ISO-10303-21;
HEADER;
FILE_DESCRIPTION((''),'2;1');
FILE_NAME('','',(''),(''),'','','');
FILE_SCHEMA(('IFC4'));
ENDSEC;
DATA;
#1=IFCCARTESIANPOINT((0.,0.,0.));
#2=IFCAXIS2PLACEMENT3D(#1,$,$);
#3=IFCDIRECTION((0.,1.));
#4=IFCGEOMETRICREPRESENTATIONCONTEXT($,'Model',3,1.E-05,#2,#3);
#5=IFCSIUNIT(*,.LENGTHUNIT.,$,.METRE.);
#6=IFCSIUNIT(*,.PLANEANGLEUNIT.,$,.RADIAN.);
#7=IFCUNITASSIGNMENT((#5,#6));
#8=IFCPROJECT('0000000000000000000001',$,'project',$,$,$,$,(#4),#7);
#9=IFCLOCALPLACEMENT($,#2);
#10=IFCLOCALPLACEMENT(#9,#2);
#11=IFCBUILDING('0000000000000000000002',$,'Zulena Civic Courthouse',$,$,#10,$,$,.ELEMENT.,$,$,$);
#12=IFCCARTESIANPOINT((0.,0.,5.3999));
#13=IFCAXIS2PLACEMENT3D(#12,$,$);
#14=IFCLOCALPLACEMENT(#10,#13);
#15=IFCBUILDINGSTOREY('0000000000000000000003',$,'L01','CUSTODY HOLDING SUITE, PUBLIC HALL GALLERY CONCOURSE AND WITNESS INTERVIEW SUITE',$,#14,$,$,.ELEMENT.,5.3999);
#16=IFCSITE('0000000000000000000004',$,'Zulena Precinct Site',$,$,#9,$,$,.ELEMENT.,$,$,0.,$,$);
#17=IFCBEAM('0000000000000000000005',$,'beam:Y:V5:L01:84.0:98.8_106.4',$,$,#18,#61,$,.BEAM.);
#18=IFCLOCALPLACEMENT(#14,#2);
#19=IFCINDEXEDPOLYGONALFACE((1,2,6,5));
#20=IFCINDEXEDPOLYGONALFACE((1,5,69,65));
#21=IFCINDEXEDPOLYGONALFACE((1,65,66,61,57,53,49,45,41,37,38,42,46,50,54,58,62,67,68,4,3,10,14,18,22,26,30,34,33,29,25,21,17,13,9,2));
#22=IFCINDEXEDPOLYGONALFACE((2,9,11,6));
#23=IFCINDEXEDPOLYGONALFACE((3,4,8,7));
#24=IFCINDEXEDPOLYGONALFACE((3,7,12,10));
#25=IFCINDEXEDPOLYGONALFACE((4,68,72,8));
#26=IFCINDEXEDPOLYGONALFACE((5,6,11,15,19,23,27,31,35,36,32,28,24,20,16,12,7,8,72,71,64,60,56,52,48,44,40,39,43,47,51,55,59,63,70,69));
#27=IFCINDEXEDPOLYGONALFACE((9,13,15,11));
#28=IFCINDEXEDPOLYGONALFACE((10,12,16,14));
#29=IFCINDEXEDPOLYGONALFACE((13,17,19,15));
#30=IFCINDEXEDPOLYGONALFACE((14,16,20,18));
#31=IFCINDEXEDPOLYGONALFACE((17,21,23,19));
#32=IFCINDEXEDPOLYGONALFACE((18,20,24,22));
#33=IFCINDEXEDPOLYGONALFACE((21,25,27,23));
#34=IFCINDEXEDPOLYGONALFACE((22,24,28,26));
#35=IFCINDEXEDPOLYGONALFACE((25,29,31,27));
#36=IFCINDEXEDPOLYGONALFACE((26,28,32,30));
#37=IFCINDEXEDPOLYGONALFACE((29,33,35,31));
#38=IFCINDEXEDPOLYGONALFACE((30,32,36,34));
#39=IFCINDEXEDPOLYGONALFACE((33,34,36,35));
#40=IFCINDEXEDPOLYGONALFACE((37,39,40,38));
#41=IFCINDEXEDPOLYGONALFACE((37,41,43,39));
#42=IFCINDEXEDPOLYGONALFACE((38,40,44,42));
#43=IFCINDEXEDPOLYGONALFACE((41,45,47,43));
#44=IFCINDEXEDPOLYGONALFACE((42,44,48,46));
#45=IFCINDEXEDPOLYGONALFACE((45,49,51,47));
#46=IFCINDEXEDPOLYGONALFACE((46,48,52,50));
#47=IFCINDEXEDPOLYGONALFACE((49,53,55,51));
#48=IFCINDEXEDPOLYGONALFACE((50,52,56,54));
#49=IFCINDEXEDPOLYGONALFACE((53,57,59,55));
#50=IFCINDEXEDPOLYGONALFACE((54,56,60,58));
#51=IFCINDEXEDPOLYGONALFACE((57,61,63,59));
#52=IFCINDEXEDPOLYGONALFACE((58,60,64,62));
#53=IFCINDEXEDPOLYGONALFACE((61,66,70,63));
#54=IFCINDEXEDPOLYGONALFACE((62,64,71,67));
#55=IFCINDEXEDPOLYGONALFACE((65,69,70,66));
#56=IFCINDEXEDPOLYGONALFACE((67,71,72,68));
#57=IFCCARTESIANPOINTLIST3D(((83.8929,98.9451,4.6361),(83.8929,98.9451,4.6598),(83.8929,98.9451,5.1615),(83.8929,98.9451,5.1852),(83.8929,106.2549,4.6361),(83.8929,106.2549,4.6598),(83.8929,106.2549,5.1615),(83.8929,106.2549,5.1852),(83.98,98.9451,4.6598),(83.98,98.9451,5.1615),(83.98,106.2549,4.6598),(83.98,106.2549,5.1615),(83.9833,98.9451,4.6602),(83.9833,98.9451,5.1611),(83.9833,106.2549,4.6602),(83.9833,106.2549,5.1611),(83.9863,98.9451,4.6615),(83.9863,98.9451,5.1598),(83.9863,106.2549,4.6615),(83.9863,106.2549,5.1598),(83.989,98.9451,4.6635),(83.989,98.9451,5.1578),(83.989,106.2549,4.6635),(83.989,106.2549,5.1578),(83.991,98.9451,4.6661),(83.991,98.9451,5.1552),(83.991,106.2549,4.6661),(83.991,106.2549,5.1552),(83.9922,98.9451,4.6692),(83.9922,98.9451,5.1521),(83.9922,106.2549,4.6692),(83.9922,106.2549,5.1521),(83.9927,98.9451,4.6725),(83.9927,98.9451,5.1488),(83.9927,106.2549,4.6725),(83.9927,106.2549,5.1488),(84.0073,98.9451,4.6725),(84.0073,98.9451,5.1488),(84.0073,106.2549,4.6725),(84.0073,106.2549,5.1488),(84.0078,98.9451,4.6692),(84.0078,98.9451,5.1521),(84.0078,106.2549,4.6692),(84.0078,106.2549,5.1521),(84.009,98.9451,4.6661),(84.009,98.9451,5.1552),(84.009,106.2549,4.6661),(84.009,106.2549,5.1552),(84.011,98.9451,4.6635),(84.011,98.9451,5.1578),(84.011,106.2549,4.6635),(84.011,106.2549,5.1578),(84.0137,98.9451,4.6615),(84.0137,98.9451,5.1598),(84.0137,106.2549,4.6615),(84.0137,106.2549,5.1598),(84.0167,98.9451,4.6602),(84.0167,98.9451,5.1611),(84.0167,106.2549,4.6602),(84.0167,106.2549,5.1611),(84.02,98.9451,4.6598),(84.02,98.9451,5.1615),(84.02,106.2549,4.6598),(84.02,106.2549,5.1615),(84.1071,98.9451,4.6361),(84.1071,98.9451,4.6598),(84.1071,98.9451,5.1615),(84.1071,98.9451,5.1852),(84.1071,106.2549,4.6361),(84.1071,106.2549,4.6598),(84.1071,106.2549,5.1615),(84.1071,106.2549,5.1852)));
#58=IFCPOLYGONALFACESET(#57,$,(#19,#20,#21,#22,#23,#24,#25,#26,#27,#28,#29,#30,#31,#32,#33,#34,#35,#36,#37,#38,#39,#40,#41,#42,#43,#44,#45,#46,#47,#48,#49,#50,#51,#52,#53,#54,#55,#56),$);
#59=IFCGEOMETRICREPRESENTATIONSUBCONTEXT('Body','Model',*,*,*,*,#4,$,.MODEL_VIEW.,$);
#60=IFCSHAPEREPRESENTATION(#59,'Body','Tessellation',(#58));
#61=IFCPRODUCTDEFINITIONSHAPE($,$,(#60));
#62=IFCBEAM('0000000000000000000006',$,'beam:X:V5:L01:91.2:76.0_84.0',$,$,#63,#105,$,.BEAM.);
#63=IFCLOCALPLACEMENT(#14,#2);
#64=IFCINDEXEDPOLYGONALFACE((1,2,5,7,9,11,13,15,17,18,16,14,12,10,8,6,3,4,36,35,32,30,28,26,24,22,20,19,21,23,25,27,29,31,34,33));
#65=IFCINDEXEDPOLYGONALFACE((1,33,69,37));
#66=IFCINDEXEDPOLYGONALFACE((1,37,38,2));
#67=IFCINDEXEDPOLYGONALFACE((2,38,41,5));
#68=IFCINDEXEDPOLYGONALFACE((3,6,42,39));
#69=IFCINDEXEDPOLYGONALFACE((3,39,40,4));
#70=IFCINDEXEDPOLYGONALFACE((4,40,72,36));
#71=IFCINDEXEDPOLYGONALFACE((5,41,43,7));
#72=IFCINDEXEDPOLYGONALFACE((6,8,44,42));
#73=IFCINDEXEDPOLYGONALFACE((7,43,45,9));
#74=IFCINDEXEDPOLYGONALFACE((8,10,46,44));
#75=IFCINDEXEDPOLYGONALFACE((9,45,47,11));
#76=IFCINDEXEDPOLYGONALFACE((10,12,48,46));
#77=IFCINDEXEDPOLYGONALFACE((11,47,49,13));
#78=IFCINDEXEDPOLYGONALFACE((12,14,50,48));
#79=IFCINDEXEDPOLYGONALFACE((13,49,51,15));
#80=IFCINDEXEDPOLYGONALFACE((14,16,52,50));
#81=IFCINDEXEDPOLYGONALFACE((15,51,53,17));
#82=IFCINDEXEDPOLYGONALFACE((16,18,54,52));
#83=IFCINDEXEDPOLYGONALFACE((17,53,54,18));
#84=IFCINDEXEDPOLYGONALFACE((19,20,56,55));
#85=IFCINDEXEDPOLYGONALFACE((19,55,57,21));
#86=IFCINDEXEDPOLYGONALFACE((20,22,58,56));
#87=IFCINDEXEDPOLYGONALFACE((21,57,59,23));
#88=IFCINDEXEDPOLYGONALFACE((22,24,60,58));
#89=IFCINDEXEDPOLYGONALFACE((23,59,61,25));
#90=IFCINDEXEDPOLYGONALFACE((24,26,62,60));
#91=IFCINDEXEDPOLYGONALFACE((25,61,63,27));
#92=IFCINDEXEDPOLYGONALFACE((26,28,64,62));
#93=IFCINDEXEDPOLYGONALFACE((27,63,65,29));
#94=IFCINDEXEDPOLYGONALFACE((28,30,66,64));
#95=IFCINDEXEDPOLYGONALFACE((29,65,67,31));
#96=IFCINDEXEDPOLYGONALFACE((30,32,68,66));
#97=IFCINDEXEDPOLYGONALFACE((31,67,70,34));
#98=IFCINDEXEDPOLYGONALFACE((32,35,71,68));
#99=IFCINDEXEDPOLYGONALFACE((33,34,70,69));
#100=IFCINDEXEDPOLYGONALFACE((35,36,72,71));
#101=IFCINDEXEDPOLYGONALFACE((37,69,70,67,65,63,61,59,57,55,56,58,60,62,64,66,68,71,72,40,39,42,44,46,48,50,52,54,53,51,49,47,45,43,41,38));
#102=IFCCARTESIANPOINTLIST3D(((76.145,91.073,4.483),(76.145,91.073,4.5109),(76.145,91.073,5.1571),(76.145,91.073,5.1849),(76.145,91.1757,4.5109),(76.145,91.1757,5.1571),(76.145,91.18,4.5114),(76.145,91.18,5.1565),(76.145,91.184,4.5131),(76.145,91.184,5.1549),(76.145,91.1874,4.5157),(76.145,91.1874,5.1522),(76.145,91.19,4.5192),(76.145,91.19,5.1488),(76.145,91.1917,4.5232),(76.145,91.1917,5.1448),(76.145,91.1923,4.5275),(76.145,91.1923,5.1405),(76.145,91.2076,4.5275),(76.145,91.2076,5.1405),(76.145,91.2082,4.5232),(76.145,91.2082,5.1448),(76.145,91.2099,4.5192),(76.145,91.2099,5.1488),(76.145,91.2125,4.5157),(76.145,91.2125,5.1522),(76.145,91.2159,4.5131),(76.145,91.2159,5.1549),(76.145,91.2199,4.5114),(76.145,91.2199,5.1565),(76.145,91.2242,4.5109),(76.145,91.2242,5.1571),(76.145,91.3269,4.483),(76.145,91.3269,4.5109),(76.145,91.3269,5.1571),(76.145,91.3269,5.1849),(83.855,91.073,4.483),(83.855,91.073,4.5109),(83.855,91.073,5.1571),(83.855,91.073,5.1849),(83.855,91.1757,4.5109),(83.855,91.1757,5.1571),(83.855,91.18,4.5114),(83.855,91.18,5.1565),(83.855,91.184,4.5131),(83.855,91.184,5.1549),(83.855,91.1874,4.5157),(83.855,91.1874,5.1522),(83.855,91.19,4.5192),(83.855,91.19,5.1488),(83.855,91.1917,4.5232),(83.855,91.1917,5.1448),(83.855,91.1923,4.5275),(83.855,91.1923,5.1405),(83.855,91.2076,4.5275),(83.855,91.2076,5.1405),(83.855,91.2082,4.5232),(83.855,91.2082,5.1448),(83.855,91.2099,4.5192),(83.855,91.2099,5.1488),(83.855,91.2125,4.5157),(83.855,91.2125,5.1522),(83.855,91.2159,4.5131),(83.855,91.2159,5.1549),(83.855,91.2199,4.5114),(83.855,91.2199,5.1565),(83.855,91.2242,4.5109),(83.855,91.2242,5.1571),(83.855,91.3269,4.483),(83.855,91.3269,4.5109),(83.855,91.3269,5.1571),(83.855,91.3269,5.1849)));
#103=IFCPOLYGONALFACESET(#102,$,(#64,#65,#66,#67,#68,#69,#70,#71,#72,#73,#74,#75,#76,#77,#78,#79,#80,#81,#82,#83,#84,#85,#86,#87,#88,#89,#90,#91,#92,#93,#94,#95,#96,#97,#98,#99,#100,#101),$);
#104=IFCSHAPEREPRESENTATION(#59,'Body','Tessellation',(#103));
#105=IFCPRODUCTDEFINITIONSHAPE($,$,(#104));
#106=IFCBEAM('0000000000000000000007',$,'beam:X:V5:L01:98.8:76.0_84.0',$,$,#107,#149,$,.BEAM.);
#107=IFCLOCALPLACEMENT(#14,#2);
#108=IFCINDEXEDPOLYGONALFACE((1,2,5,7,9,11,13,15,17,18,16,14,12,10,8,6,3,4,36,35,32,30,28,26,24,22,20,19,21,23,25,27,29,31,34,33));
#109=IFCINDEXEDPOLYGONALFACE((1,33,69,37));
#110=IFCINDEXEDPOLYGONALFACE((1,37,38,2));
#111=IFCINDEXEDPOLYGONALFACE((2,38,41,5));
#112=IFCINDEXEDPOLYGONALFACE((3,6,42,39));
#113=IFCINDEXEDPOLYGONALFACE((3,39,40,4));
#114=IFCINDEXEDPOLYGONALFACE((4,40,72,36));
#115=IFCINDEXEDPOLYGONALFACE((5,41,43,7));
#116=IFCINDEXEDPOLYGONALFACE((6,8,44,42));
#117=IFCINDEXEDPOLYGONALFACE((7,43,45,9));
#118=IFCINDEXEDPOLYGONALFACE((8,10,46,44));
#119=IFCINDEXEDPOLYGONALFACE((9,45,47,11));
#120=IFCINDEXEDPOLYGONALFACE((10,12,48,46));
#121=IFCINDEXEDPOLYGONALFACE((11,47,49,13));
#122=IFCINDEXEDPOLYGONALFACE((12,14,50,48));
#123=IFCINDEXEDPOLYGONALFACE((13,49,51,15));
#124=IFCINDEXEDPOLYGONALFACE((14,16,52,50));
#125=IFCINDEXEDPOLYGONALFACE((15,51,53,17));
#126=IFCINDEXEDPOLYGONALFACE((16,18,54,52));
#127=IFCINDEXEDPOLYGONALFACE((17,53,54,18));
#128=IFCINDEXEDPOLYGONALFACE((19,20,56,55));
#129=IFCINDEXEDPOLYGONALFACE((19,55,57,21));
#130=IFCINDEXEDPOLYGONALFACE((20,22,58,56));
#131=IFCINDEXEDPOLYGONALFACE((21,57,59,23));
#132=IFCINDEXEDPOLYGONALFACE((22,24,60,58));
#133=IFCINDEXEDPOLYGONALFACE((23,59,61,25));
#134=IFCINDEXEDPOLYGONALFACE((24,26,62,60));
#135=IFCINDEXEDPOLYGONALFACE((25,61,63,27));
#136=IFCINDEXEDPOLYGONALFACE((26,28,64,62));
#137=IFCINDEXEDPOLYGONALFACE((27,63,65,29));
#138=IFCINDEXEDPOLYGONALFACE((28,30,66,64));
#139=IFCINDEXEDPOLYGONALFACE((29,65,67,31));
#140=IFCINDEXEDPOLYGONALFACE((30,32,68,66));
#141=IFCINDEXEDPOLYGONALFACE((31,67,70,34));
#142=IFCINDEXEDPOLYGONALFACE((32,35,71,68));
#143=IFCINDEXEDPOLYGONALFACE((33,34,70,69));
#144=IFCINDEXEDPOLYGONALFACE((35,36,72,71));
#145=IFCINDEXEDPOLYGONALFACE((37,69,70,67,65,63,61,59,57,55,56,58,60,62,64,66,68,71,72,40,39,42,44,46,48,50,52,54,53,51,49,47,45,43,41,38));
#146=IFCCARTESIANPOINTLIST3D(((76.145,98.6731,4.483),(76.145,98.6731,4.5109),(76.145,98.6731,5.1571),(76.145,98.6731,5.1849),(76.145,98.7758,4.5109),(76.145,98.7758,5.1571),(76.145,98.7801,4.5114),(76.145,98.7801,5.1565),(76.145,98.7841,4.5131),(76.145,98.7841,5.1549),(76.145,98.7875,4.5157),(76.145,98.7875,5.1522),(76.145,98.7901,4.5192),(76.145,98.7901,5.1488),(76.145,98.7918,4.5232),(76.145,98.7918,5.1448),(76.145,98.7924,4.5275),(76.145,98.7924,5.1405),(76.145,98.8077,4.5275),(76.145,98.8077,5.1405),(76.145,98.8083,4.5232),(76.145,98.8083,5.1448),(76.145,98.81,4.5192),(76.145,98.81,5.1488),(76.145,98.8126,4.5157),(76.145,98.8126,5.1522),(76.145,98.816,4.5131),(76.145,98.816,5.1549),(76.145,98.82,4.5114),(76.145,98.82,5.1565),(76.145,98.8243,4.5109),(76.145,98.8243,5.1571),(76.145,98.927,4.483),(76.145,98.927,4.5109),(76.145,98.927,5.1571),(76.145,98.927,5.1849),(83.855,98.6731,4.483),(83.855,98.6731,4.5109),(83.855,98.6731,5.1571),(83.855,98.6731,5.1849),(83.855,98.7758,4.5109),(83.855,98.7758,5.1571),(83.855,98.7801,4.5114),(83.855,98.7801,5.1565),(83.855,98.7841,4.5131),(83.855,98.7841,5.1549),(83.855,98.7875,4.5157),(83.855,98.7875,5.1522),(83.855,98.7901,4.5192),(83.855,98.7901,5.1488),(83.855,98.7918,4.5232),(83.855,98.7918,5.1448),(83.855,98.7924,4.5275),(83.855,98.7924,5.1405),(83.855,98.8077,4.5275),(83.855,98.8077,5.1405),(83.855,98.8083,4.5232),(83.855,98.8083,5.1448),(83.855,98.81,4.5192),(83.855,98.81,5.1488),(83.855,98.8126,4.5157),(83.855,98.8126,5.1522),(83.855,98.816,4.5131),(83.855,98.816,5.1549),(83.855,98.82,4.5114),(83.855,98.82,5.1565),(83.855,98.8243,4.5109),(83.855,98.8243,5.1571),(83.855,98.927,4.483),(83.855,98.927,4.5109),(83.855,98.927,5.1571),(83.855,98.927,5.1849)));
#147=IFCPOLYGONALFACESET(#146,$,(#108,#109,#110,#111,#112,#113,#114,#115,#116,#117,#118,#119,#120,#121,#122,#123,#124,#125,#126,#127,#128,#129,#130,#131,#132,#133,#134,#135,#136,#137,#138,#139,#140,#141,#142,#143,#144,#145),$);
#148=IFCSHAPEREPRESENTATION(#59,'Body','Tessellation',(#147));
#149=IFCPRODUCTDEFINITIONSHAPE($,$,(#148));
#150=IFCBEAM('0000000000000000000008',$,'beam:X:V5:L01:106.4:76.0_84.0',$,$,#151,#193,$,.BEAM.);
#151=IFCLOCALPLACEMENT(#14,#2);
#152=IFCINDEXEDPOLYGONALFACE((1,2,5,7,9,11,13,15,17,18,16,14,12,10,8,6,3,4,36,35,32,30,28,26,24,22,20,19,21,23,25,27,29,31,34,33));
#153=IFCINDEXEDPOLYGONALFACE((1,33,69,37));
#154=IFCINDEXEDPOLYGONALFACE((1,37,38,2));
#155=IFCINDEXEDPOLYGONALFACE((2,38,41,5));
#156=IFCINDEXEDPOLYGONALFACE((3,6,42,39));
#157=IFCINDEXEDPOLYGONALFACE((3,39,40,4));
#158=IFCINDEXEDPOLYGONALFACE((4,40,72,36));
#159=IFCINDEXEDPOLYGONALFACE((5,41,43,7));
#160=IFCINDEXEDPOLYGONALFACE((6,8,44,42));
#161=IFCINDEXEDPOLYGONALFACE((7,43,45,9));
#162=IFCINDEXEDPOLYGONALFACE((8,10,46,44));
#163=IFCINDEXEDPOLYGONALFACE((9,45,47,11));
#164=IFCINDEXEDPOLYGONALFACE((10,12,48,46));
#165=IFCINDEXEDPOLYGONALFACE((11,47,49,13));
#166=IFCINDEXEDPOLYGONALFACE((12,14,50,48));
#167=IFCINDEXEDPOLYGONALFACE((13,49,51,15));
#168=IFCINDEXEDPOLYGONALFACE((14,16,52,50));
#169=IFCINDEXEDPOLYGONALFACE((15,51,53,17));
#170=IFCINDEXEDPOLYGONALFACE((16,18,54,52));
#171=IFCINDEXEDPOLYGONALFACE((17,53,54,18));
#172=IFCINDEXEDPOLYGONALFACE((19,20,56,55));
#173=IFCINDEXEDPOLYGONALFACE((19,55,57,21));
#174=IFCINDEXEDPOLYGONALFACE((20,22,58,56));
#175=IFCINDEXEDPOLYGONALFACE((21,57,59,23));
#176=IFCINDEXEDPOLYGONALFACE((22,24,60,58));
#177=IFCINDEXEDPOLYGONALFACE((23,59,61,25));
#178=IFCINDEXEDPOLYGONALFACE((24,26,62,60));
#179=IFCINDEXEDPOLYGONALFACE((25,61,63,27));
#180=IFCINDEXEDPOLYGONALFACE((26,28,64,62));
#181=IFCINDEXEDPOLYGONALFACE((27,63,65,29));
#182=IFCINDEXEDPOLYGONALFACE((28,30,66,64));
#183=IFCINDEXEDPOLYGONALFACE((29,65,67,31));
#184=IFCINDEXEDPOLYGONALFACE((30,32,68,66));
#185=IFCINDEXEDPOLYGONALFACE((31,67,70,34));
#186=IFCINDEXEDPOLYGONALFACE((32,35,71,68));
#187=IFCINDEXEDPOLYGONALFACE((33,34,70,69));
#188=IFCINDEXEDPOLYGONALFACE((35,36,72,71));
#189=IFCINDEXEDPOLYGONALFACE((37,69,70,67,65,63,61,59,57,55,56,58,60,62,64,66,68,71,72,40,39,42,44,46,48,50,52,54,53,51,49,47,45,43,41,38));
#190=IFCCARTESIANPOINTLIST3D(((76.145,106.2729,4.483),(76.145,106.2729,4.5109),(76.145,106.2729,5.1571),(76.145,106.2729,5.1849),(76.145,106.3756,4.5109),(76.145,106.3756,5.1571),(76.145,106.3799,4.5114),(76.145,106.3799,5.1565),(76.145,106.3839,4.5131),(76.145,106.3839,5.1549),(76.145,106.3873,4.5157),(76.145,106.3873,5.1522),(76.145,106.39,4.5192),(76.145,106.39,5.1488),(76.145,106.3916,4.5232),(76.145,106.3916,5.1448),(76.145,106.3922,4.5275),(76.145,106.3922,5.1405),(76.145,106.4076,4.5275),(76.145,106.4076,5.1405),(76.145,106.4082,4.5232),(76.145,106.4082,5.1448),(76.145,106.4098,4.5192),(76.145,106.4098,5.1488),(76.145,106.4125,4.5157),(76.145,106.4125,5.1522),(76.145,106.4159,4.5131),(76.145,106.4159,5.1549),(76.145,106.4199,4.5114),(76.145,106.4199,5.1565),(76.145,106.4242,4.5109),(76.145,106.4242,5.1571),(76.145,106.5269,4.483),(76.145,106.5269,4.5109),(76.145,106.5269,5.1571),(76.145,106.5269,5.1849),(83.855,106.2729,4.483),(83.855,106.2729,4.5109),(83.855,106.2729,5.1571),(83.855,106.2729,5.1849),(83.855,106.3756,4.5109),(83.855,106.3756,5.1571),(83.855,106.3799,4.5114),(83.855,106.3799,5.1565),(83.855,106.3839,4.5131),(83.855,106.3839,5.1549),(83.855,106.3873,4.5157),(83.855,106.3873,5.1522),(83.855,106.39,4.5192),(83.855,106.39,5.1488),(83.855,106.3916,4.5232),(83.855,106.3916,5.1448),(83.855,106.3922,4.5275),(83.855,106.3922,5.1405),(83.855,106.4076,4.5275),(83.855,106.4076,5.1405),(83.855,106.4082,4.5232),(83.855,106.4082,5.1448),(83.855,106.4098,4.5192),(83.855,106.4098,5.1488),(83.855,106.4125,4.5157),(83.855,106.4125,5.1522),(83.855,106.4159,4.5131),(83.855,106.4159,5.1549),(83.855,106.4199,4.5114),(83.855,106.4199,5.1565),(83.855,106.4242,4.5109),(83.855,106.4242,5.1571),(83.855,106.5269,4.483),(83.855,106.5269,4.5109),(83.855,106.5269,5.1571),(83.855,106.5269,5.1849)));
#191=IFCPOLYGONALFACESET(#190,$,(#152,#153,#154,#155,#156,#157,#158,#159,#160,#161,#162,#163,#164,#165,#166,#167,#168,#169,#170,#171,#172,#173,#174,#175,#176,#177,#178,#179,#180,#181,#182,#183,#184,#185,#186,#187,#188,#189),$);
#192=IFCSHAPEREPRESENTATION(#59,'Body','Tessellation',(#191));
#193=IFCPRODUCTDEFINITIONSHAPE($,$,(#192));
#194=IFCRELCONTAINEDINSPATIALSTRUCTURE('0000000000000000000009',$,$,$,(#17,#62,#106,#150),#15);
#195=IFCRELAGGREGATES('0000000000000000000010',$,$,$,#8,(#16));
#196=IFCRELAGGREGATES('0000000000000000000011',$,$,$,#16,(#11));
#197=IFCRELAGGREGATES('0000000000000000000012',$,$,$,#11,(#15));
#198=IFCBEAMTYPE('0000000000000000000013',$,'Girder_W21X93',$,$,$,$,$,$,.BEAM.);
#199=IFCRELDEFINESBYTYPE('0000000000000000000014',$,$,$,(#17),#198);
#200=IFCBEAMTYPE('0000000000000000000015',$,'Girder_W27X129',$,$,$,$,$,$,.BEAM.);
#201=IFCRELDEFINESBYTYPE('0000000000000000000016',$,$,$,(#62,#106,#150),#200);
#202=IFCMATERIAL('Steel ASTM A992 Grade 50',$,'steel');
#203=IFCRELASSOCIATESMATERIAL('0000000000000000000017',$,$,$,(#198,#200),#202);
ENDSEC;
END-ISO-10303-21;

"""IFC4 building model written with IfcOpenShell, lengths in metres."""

from ifc_helpers import new_model, si_unit, direction, frame, origin, origin_2d, place, context, subcontext, project, spatial, i_section, extrude, material, material_profile, profile_set, type_object, element, save


model = new_model("IFC4")

# Units and contexts
model_context = context("Model", 3, precision=1e-05, world=origin(), true_north=direction((0.0, 1.0)))
body_context = subcontext(model_context, "Body", "Model", "MODEL_VIEW")
ifc_project = project(units=[si_unit("LENGTHUNIT", "METRE"), si_unit("PLANEANGLEUNIT", "RADIAN")], contexts=[model_context])

# Site, building, storey
site_placement = place(None, origin())
site = spatial("IfcSite", under=ifc_project, at=site_placement, Name="Zulena Precinct Site", CompositionType="ELEMENT", RefElevation=0.0)
building_placement = place(site_placement, origin())
building = spatial("IfcBuilding", under=site, at=building_placement, Name="Zulena Civic Courthouse", CompositionType="ELEMENT")
storey_placement = place(building_placement, frame((0.0, 0.0, 5.3999)))
storey = spatial("IfcBuildingStorey", under=building, at=storey_placement, Name="L01", Description="CUSTODY HOLDING SUITE, PUBLIC HALL GALLERY CONCOURSE AND WITNESS INTERVIEW SUITE", CompositionType="ELEMENT", Elevation=5.3999)

# Shared definitions
ifc_material_1 = material(Name="Steel ASTM A992 Grade 50", Category="steel")

# Beams
ifc_material_profile_1 = material_profile(ifc_material_1, i_section(OverallWidth=0.2141, OverallDepth=0.5491, WebThickness=0.0146, FlangeThickness=0.0237, FilletRadius=0.0127, at=origin_2d()), Name="W21X93")
ifc_profile_set_1 = profile_set([ifc_material_profile_1], Name="Steel ASTM A992 Grade 50")
beam_type_1 = type_object("IfcBeamType", Name="Girder_W21X93", PredefinedType="BEAM", material=ifc_profile_set_1)
beam_1_placement = place(storey_placement, frame((84.0, 98.9451, 4.9106), z_axis=(0.0, 1.0, 0.0), x_axis=(-1.0, 0.0, 0.0)))
element("IfcBeam", 1, at=beam_1_placement, inside=storey, type_object=beam_type_1, Name="beam:Y:V5:L01:84.0:98.8_106.4", PredefinedType="BEAM", context=body_context, shape_type="SweptSolid", body=[
    extrude(i_section(OverallWidth=0.2141, OverallDepth=0.5491, WebThickness=0.0146, FlangeThickness=0.0237, FilletRadius=0.0127, at=origin_2d()), origin(), (0.0, 0.0, 1.0), 7.3098),
])
ifc_material_profile_2 = material_profile(ifc_material_1, i_section(OverallWidth=0.2539, OverallDepth=0.7019, WebThickness=0.0154, FlangeThickness=0.0278, FilletRadius=0.0166, at=origin_2d()), Name="W27X129")
ifc_profile_set_2 = profile_set([ifc_material_profile_2], Name="Steel ASTM A992 Grade 50")
beam_type_2 = type_object("IfcBeamType", Name="Girder_W27X129", PredefinedType="BEAM", material=ifc_profile_set_2)
for number, where, z_axis, x_axis, name in (
    (2, (76.145, 91.2, 4.834), (1.0, 0.0, 0.0), (0.0, 1.0, 0.0), "beam:X:V5:L01:91.2:76.0_84.0"),
    (3, (76.145, 98.8, 4.834), (1.0, 0.0, 0.0), (0.0, 1.0, 0.0), "beam:X:V5:L01:98.8:76.0_84.0"),
    (4, (76.145, 106.3999, 4.834), (1.0, 0.0, 0.0), (0.0, 1.0, 0.0), "beam:X:V5:L01:106.4:76.0_84.0"),
):
    element("IfcBeam", number, at=place(storey_placement, frame(where, z_axis=z_axis, x_axis=x_axis)), inside=storey, type_object=beam_type_2, Name=name, PredefinedType="BEAM", context=body_context, shape_type="SweptSolid", body=[
        extrude(i_section(OverallWidth=0.2539, OverallDepth=0.7019, WebThickness=0.0154, FlangeThickness=0.0278, FilletRadius=0.0166, at=origin_2d()), origin(), (0.0, 0.0, 1.0), 7.71),
    ])

save(model, "model.ifc")
